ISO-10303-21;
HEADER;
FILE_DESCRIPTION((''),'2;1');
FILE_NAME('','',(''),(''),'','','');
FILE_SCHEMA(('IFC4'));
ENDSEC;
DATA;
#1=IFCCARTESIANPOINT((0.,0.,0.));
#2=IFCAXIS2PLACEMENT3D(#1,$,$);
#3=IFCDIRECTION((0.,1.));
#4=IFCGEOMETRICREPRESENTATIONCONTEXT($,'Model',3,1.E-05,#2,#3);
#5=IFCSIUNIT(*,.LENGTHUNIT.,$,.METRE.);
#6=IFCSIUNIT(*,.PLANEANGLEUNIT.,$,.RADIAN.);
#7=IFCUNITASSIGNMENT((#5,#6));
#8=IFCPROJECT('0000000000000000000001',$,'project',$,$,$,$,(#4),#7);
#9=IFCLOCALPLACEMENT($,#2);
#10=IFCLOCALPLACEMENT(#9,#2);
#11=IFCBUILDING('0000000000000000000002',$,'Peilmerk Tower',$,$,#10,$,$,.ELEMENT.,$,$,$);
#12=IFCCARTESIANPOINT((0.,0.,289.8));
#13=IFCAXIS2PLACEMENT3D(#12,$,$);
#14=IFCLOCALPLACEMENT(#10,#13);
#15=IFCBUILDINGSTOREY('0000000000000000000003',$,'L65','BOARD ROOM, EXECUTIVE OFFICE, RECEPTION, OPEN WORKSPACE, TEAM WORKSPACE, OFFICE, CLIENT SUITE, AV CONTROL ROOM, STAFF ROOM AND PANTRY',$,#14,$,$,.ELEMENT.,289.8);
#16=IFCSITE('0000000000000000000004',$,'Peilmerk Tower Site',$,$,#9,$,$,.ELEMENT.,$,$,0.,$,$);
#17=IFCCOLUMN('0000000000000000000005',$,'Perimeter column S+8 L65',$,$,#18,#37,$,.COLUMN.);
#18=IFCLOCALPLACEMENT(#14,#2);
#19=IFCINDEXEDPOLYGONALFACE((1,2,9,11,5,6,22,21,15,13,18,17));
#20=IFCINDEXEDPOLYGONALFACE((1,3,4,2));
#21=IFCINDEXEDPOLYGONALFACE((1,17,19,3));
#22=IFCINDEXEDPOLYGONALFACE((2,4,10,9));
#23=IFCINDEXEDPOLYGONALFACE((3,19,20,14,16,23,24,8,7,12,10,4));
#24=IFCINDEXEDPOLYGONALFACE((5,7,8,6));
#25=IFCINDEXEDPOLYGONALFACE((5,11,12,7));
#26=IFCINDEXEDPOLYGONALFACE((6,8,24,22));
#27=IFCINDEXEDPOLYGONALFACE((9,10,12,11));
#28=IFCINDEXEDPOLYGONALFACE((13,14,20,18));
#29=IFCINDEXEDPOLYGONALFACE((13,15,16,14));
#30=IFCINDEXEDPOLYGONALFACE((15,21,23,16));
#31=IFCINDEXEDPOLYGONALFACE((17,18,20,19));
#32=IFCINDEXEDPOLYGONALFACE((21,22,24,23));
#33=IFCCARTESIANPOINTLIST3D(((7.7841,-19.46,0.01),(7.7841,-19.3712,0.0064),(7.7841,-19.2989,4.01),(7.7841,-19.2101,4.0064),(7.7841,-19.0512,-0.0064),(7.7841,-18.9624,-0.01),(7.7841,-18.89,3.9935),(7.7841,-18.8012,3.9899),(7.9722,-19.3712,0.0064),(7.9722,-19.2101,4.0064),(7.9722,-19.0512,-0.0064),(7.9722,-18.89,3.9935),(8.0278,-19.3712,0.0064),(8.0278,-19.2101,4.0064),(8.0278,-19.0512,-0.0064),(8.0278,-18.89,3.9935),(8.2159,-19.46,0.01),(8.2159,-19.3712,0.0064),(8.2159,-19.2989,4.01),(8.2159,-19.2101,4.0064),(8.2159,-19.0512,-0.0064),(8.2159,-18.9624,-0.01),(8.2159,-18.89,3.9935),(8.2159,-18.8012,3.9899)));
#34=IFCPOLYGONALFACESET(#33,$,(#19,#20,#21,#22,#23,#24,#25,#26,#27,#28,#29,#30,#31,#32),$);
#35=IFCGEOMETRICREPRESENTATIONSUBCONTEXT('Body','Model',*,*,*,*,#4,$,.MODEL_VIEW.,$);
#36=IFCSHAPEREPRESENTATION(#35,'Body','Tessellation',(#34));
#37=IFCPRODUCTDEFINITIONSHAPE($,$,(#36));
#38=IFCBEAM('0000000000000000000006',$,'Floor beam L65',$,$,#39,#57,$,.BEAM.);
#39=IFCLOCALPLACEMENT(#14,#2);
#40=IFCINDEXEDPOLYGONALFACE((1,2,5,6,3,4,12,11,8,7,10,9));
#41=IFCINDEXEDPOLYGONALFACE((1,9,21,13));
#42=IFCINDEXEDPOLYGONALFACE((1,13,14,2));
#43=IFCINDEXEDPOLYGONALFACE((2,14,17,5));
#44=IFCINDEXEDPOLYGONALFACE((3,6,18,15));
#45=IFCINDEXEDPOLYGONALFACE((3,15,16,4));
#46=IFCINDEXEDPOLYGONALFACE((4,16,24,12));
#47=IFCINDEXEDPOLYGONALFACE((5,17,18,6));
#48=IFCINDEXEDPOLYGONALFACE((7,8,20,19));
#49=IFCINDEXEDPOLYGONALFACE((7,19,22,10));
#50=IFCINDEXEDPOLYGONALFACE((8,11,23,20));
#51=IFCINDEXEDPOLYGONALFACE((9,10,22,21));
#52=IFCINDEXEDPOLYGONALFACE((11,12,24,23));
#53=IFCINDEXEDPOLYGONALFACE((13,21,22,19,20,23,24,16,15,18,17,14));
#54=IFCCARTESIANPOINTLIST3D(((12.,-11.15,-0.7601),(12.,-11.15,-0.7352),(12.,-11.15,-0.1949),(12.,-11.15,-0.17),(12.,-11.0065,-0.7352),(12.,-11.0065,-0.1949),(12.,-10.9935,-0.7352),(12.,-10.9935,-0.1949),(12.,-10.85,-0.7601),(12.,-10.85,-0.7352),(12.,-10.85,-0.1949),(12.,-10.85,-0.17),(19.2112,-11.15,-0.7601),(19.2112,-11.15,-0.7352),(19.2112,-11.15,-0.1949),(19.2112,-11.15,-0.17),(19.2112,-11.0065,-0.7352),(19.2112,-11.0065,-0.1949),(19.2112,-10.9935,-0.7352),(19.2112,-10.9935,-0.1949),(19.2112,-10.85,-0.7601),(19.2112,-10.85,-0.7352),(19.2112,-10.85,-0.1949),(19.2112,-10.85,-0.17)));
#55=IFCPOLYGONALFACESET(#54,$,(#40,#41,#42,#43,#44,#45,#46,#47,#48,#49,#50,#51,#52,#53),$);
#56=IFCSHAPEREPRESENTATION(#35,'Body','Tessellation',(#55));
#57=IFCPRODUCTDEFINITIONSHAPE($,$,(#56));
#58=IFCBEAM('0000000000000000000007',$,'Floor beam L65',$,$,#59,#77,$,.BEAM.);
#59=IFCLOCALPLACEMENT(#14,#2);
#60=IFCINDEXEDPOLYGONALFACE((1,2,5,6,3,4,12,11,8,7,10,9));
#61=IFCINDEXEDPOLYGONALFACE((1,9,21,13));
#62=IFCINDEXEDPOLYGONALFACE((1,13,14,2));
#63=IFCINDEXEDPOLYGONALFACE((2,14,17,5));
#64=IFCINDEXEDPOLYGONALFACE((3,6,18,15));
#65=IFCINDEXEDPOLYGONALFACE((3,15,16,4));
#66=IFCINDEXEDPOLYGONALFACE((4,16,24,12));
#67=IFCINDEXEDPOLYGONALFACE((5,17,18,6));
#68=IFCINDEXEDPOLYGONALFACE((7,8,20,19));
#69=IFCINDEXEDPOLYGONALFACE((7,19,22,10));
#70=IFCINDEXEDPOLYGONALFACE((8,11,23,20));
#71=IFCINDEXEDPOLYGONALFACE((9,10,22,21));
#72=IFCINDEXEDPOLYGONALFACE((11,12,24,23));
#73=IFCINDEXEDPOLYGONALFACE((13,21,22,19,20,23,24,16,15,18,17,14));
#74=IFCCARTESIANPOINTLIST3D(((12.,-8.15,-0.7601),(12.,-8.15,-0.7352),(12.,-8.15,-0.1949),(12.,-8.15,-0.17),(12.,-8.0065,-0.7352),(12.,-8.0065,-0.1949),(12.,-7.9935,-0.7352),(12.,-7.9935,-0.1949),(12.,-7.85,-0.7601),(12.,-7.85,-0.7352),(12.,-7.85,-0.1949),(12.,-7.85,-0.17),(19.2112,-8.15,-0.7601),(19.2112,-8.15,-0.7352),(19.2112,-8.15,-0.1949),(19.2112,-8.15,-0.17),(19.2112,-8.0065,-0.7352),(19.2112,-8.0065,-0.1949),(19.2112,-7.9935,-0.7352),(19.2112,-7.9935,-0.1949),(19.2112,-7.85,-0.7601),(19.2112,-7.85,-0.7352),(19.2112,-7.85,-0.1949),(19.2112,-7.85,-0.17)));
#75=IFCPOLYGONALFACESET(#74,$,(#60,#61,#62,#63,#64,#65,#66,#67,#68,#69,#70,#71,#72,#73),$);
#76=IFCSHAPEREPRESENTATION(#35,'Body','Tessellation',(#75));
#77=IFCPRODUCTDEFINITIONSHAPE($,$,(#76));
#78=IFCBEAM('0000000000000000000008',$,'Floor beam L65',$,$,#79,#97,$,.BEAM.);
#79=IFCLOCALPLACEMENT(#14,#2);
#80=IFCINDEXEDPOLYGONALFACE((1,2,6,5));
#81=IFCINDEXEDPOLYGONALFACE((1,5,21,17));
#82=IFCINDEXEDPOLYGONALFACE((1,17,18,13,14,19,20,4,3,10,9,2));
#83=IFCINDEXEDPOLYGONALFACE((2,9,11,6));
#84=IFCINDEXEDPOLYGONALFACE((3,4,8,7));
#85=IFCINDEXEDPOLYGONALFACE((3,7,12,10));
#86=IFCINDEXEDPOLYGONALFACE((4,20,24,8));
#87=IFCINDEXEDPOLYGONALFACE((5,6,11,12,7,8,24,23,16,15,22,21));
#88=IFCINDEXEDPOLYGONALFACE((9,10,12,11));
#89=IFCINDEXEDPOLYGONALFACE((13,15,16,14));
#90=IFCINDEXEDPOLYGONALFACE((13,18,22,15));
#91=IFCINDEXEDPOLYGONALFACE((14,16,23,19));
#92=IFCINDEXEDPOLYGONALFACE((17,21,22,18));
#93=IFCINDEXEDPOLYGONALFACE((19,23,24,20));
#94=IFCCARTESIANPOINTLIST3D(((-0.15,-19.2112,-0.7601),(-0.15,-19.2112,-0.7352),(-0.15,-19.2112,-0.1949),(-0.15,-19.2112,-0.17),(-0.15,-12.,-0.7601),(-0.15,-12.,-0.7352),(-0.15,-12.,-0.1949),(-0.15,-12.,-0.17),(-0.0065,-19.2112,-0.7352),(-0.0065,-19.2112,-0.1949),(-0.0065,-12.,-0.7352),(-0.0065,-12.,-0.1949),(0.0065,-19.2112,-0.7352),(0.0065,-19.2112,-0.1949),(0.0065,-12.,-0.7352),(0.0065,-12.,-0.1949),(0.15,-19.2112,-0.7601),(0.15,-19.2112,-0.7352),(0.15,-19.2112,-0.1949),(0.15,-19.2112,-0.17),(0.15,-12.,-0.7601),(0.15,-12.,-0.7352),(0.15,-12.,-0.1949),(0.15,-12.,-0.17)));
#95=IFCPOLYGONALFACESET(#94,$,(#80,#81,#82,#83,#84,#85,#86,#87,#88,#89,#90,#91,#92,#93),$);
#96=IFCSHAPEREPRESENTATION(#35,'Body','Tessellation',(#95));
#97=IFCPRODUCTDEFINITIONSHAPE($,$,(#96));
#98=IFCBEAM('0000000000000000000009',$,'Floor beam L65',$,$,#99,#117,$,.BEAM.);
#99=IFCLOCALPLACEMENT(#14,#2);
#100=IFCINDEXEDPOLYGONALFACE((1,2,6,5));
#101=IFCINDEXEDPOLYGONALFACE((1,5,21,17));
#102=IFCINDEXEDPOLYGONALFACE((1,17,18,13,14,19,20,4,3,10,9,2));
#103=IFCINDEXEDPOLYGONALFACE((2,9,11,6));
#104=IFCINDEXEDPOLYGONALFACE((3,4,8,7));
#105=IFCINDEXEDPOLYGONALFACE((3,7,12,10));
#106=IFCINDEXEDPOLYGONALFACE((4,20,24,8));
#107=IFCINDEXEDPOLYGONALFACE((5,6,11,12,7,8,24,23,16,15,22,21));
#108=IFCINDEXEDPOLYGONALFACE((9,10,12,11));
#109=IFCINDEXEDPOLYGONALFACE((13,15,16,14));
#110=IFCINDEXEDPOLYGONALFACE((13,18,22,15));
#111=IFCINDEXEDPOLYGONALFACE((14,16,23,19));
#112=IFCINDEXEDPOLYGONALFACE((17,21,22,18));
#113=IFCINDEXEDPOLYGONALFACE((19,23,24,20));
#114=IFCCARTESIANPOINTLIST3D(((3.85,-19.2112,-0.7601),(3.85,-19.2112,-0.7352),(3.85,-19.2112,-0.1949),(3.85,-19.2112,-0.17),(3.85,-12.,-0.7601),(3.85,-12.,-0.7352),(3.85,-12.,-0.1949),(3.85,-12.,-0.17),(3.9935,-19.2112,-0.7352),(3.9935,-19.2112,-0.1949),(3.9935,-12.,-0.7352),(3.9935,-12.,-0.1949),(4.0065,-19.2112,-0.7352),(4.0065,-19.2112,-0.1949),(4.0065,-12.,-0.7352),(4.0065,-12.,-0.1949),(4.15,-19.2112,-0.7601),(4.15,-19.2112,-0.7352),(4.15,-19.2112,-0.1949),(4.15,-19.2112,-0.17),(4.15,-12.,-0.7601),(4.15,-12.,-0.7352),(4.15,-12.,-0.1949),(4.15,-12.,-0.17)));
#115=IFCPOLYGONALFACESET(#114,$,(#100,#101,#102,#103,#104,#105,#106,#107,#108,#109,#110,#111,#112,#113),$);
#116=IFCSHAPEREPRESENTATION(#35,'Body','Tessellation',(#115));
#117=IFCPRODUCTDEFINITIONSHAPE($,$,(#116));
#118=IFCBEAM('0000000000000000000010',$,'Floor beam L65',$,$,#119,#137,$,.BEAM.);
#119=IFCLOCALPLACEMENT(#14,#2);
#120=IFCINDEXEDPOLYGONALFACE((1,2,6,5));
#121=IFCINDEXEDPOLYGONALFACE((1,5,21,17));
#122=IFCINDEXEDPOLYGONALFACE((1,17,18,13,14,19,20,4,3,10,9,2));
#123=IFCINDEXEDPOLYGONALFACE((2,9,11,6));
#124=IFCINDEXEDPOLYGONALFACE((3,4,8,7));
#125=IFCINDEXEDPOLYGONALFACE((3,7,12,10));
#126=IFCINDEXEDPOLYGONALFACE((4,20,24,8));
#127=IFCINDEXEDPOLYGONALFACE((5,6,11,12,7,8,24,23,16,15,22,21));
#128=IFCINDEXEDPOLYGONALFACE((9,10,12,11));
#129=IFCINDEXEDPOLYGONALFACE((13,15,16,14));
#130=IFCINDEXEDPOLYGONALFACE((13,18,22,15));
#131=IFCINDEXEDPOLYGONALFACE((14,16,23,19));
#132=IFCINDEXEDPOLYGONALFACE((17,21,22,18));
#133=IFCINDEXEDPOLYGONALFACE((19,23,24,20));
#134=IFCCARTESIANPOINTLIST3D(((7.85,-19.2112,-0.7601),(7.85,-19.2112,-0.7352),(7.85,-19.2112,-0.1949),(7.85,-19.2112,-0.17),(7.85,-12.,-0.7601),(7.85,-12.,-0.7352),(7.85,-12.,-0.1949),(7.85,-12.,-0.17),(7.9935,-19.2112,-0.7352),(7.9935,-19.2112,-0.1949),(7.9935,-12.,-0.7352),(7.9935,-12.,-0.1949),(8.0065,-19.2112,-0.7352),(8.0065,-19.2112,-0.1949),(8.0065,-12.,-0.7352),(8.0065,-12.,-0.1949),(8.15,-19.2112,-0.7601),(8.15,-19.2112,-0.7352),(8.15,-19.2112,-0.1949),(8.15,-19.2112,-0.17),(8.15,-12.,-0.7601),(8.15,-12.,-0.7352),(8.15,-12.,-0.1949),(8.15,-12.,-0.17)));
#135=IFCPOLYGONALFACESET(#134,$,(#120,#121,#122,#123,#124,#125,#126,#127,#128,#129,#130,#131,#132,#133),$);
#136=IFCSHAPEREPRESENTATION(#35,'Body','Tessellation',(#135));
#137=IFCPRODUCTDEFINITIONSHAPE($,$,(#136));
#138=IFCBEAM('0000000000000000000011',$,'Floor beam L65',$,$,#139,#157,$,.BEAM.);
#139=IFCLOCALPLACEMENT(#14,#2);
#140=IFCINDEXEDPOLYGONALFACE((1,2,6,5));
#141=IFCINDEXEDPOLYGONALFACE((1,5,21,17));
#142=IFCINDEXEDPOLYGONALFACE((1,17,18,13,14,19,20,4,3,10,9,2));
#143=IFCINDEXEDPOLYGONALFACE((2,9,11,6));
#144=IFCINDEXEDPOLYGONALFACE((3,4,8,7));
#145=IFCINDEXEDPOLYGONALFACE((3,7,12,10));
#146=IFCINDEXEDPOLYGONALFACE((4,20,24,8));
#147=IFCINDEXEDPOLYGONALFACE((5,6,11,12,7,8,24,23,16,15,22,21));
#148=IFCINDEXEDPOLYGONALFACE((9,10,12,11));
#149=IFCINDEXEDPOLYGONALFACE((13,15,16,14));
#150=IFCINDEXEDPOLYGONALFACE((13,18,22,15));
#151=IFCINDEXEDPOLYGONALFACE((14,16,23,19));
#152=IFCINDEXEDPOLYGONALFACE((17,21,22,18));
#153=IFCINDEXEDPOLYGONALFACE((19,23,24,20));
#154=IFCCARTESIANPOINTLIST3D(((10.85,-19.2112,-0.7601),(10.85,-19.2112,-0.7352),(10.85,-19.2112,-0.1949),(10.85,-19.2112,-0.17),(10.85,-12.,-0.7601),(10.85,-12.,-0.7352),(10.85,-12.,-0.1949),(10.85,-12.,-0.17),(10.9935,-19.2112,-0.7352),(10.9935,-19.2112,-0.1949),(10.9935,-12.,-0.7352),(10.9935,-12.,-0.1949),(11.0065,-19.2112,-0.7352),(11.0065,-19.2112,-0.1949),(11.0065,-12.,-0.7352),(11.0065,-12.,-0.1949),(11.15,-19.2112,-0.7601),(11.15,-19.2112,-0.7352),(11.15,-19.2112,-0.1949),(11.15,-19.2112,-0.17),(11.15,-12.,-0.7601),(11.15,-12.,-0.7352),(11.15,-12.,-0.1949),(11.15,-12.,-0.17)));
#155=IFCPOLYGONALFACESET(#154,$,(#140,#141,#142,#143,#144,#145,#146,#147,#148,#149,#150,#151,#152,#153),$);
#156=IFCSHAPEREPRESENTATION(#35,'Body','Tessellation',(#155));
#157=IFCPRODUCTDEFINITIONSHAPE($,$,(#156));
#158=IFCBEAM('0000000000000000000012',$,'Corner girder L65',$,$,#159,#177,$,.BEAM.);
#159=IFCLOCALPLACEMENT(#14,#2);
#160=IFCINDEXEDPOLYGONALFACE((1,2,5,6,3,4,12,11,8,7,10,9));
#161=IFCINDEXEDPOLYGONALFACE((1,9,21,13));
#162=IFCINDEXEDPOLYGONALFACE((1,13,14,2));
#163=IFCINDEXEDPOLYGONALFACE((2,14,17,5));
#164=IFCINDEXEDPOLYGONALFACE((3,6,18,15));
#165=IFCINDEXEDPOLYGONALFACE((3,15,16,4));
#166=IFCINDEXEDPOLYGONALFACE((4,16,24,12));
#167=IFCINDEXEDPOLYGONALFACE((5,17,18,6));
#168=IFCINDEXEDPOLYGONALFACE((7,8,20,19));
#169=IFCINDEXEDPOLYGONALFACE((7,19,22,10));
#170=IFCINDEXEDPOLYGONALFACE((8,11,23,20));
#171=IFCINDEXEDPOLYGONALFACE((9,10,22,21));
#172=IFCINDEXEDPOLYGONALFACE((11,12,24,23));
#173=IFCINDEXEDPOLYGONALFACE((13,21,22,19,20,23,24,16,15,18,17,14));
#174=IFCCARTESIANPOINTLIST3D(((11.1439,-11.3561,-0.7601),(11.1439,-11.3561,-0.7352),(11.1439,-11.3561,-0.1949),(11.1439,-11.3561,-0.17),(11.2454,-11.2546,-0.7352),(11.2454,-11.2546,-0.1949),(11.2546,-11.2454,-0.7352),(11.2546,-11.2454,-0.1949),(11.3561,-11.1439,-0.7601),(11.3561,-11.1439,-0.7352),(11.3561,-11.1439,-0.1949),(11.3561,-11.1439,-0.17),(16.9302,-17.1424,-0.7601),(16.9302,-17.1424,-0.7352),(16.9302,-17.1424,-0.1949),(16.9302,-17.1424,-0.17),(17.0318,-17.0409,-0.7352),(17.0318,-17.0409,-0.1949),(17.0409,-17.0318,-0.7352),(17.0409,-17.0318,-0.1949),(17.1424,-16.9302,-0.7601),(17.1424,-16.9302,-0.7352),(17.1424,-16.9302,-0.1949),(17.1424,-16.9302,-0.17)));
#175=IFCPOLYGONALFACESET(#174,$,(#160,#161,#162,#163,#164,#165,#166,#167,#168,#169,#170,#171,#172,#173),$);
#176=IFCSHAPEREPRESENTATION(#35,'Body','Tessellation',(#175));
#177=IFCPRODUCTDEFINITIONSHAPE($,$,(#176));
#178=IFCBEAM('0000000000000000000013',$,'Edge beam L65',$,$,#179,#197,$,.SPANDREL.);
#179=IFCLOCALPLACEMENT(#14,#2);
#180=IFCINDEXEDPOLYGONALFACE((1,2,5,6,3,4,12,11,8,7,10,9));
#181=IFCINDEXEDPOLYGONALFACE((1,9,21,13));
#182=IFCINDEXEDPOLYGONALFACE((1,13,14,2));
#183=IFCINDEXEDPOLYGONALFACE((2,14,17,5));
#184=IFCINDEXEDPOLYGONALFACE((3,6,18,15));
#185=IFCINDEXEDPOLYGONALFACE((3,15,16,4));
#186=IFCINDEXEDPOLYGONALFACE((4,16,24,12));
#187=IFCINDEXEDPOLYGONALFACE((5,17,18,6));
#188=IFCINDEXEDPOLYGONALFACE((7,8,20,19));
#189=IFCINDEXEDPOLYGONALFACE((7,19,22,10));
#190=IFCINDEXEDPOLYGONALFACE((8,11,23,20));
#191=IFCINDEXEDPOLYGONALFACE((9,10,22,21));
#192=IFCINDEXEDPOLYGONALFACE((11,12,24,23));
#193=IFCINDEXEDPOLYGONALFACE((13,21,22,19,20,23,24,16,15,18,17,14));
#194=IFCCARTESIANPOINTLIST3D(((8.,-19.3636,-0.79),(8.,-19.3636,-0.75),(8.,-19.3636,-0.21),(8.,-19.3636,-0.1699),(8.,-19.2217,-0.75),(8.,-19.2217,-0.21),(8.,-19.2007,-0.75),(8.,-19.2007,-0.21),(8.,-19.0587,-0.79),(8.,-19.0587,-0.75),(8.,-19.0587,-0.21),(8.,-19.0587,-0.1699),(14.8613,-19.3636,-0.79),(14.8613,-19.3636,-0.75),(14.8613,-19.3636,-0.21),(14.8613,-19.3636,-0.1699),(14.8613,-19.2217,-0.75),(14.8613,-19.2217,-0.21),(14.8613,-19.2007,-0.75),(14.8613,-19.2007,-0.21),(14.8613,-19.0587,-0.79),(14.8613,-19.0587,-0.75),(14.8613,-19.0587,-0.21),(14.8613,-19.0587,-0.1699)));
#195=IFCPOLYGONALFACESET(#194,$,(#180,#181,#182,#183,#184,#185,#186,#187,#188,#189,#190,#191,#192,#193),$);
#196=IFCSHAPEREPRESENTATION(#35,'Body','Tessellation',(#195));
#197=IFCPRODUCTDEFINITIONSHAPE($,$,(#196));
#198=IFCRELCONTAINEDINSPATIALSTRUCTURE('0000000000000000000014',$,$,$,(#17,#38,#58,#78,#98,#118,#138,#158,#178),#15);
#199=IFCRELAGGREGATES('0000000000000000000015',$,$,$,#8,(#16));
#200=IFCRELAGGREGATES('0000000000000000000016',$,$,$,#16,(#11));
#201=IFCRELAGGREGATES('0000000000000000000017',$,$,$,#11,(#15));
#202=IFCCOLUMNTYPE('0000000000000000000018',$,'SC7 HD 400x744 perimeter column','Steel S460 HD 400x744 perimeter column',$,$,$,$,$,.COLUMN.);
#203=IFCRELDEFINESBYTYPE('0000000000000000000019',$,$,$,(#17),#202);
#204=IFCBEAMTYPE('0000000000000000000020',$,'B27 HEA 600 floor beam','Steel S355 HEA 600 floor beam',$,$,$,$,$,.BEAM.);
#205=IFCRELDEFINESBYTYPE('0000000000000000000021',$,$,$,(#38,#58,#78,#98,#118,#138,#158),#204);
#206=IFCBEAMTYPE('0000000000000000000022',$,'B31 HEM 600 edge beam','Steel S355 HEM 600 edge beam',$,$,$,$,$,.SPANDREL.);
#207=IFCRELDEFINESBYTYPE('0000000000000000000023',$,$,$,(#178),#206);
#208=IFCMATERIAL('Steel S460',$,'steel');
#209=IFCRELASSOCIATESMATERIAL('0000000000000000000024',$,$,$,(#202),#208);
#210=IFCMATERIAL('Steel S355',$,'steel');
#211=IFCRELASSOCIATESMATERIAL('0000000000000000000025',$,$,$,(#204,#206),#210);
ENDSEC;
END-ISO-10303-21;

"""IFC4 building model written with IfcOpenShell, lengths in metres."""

from ifc_helpers import new_model, si_unit, direction, frame, origin, origin_2d, place, context, subcontext, project, spatial, i_section, extrude, material, material_profile, profile_set, type_object, element, save


model = new_model("IFC4")

# Units and contexts
model_context = context("Model", 3, precision=1e-05, world=origin(), true_north=direction((0.0, 1.0)))
body_context = subcontext(model_context, "Body", "Model", "MODEL_VIEW")
ifc_project = project(units=[si_unit("LENGTHUNIT", "METRE"), si_unit("PLANEANGLEUNIT", "RADIAN")], contexts=[model_context])

# Site, building, storey
site_placement = place(None, origin())
site = spatial("IfcSite", under=ifc_project, at=site_placement, Name="Peilmerk Tower Site", CompositionType="ELEMENT", RefElevation=0.0)
building_placement = place(site_placement, origin())
building = spatial("IfcBuilding", under=site, at=building_placement, Name="Peilmerk Tower", CompositionType="ELEMENT")
storey_placement = place(building_placement, frame((0.0, 0.0, 289.8)))
storey = spatial("IfcBuildingStorey", under=building, at=storey_placement, Name="L65", Description="BOARD ROOM, EXECUTIVE OFFICE, RECEPTION, OPEN WORKSPACE, TEAM WORKSPACE, OFFICE, CLIENT SUITE, AV CONTROL ROOM, STAFF ROOM AND PANTRY", CompositionType="ELEMENT", Elevation=289.8)

# Column
ifc_material_1 = material(Name="Steel S460", Category="steel")
ifc_material_profile_1 = material_profile(ifc_material_1, i_section(OverallWidth=0.4319, OverallDepth=0.498, WebThickness=0.0557, FlangeThickness=0.0889, at=origin_2d()), Name="HD 400x744")
ifc_profile_set_1 = profile_set([ifc_material_profile_1], Name="Steel S460")
column_type = type_object("IfcColumnType", Name="SC7 HD 400x744 perimeter column", Description="Steel S460 HD 400x744 perimeter column", PredefinedType="COLUMN", material=ifc_profile_set_1)
column_placement = place(storey_placement, frame((8.0, -19.2112, 0.0), z_axis=(0.0, 0.040251, 0.99919), x_axis=(-1.0, 0.0, 0.0)))
element("IfcColumn", 1, at=column_placement, inside=storey, type_object=column_type, Name="Perimeter column S+8 L65", PredefinedType="COLUMN", context=body_context, shape_type="SweptSolid", body=[
    extrude(i_section(OverallWidth=0.4319, OverallDepth=0.498, WebThickness=0.0557, FlangeThickness=0.0889, at=origin_2d()), origin(), (0.0, 0.0, 1.0), 4.0032),
])

# Beams
ifc_material_2 = material(Name="Steel S355", Category="steel")
ifc_material_profile_2 = material_profile(ifc_material_2, i_section(OverallWidth=0.3, OverallDepth=0.5901, WebThickness=0.0129, FlangeThickness=0.0249, at=origin_2d()), Name="HEA 600")
ifc_profile_set_2 = profile_set([ifc_material_profile_2], Name="Steel S355")
beam_type_1 = type_object("IfcBeamType", Name="B27 HEA 600 floor beam", Description="Steel S355 HEA 600 floor beam", PredefinedType="BEAM", material=ifc_profile_set_2)
for number, where, z_axis, x_axis, name in (
    (2, (12.0, -11.0, -0.4651), (1.0, 0.0, 0.0), (0.0, 1.0, 0.0), "Floor beam L65"),
    (3, (12.0, -8.0, -0.4651), (1.0, 0.0, 0.0), (0.0, 1.0, 0.0), "Floor beam L65"),
    (4, (0.0, -12.0, -0.4651), (0.0, -1.0, 0.0), (1.0, 0.0, 0.0), "Floor beam L65"),
    (5, (4.0, -12.0, -0.4651), (0.0, -1.0, 0.0), (1.0, 0.0, 0.0), "Floor beam L65"),
    (6, (8.0, -12.0, -0.4651), (0.0, -1.0, 0.0), (1.0, 0.0, 0.0), "Floor beam L65"),
    (7, (11.0, -12.0, -0.4651), (0.0, -1.0, 0.0), (1.0, 0.0, 0.0), "Floor beam L65"),
):
    element("IfcBeam", number, at=place(storey_placement, frame(where, z_axis=z_axis, x_axis=x_axis)), inside=storey, type_object=beam_type_1, Name=name, PredefinedType="BEAM", context=body_context, shape_type="SweptSolid", body=[
        extrude(i_section(OverallWidth=0.3, OverallDepth=0.5901, WebThickness=0.0129, FlangeThickness=0.0249, at=origin_2d()), origin(), (0.0, 0.0, 1.0), 7.2112),
    ])
beam_1_placement = place(storey_placement, frame((11.25, -11.25, -0.4651), z_axis=(0.707107, -0.707107, 0.0), x_axis=(0.707107, 0.707107, 0.0)))
element("IfcBeam", 8, at=beam_1_placement, inside=storey, type_object=beam_type_1, Name="Corner girder L65", PredefinedType="BEAM", context=body_context, shape_type="SweptSolid", body=[
    extrude(i_section(OverallWidth=0.3, OverallDepth=0.5901, WebThickness=0.0129, FlangeThickness=0.0249, at=origin_2d()), origin(), (0.0, 0.0, 1.0), 8.1831),
])
ifc_material_profile_3 = material_profile(ifc_material_2, i_section(OverallWidth=0.3049, OverallDepth=0.6201, WebThickness=0.021, FlangeThickness=0.04, at=origin_2d()), Name="HEM 600")
ifc_profile_set_3 = profile_set([ifc_material_profile_3], Name="Steel S355")
beam_type_2 = type_object("IfcBeamType", Name="B31 HEM 600 edge beam", Description="Steel S355 HEM 600 edge beam", PredefinedType="SPANDREL", material=ifc_profile_set_3)
beam_2_placement = place(storey_placement, frame((8.0, -19.2112, -0.48), z_axis=(1.0, 0.0, 0.0), x_axis=(0.0, 1.0, 0.0)))
element("IfcBeam", 9, at=beam_2_placement, inside=storey, type_object=beam_type_2, Name="Edge beam L65", PredefinedType="SPANDREL", context=body_context, shape_type="SweptSolid", body=[
    extrude(i_section(OverallWidth=0.3049, OverallDepth=0.6201, WebThickness=0.021, FlangeThickness=0.04, at=origin_2d()), origin(), (0.0, 0.0, 1.0), 6.8613),
])

save(model, "model.ifc")
